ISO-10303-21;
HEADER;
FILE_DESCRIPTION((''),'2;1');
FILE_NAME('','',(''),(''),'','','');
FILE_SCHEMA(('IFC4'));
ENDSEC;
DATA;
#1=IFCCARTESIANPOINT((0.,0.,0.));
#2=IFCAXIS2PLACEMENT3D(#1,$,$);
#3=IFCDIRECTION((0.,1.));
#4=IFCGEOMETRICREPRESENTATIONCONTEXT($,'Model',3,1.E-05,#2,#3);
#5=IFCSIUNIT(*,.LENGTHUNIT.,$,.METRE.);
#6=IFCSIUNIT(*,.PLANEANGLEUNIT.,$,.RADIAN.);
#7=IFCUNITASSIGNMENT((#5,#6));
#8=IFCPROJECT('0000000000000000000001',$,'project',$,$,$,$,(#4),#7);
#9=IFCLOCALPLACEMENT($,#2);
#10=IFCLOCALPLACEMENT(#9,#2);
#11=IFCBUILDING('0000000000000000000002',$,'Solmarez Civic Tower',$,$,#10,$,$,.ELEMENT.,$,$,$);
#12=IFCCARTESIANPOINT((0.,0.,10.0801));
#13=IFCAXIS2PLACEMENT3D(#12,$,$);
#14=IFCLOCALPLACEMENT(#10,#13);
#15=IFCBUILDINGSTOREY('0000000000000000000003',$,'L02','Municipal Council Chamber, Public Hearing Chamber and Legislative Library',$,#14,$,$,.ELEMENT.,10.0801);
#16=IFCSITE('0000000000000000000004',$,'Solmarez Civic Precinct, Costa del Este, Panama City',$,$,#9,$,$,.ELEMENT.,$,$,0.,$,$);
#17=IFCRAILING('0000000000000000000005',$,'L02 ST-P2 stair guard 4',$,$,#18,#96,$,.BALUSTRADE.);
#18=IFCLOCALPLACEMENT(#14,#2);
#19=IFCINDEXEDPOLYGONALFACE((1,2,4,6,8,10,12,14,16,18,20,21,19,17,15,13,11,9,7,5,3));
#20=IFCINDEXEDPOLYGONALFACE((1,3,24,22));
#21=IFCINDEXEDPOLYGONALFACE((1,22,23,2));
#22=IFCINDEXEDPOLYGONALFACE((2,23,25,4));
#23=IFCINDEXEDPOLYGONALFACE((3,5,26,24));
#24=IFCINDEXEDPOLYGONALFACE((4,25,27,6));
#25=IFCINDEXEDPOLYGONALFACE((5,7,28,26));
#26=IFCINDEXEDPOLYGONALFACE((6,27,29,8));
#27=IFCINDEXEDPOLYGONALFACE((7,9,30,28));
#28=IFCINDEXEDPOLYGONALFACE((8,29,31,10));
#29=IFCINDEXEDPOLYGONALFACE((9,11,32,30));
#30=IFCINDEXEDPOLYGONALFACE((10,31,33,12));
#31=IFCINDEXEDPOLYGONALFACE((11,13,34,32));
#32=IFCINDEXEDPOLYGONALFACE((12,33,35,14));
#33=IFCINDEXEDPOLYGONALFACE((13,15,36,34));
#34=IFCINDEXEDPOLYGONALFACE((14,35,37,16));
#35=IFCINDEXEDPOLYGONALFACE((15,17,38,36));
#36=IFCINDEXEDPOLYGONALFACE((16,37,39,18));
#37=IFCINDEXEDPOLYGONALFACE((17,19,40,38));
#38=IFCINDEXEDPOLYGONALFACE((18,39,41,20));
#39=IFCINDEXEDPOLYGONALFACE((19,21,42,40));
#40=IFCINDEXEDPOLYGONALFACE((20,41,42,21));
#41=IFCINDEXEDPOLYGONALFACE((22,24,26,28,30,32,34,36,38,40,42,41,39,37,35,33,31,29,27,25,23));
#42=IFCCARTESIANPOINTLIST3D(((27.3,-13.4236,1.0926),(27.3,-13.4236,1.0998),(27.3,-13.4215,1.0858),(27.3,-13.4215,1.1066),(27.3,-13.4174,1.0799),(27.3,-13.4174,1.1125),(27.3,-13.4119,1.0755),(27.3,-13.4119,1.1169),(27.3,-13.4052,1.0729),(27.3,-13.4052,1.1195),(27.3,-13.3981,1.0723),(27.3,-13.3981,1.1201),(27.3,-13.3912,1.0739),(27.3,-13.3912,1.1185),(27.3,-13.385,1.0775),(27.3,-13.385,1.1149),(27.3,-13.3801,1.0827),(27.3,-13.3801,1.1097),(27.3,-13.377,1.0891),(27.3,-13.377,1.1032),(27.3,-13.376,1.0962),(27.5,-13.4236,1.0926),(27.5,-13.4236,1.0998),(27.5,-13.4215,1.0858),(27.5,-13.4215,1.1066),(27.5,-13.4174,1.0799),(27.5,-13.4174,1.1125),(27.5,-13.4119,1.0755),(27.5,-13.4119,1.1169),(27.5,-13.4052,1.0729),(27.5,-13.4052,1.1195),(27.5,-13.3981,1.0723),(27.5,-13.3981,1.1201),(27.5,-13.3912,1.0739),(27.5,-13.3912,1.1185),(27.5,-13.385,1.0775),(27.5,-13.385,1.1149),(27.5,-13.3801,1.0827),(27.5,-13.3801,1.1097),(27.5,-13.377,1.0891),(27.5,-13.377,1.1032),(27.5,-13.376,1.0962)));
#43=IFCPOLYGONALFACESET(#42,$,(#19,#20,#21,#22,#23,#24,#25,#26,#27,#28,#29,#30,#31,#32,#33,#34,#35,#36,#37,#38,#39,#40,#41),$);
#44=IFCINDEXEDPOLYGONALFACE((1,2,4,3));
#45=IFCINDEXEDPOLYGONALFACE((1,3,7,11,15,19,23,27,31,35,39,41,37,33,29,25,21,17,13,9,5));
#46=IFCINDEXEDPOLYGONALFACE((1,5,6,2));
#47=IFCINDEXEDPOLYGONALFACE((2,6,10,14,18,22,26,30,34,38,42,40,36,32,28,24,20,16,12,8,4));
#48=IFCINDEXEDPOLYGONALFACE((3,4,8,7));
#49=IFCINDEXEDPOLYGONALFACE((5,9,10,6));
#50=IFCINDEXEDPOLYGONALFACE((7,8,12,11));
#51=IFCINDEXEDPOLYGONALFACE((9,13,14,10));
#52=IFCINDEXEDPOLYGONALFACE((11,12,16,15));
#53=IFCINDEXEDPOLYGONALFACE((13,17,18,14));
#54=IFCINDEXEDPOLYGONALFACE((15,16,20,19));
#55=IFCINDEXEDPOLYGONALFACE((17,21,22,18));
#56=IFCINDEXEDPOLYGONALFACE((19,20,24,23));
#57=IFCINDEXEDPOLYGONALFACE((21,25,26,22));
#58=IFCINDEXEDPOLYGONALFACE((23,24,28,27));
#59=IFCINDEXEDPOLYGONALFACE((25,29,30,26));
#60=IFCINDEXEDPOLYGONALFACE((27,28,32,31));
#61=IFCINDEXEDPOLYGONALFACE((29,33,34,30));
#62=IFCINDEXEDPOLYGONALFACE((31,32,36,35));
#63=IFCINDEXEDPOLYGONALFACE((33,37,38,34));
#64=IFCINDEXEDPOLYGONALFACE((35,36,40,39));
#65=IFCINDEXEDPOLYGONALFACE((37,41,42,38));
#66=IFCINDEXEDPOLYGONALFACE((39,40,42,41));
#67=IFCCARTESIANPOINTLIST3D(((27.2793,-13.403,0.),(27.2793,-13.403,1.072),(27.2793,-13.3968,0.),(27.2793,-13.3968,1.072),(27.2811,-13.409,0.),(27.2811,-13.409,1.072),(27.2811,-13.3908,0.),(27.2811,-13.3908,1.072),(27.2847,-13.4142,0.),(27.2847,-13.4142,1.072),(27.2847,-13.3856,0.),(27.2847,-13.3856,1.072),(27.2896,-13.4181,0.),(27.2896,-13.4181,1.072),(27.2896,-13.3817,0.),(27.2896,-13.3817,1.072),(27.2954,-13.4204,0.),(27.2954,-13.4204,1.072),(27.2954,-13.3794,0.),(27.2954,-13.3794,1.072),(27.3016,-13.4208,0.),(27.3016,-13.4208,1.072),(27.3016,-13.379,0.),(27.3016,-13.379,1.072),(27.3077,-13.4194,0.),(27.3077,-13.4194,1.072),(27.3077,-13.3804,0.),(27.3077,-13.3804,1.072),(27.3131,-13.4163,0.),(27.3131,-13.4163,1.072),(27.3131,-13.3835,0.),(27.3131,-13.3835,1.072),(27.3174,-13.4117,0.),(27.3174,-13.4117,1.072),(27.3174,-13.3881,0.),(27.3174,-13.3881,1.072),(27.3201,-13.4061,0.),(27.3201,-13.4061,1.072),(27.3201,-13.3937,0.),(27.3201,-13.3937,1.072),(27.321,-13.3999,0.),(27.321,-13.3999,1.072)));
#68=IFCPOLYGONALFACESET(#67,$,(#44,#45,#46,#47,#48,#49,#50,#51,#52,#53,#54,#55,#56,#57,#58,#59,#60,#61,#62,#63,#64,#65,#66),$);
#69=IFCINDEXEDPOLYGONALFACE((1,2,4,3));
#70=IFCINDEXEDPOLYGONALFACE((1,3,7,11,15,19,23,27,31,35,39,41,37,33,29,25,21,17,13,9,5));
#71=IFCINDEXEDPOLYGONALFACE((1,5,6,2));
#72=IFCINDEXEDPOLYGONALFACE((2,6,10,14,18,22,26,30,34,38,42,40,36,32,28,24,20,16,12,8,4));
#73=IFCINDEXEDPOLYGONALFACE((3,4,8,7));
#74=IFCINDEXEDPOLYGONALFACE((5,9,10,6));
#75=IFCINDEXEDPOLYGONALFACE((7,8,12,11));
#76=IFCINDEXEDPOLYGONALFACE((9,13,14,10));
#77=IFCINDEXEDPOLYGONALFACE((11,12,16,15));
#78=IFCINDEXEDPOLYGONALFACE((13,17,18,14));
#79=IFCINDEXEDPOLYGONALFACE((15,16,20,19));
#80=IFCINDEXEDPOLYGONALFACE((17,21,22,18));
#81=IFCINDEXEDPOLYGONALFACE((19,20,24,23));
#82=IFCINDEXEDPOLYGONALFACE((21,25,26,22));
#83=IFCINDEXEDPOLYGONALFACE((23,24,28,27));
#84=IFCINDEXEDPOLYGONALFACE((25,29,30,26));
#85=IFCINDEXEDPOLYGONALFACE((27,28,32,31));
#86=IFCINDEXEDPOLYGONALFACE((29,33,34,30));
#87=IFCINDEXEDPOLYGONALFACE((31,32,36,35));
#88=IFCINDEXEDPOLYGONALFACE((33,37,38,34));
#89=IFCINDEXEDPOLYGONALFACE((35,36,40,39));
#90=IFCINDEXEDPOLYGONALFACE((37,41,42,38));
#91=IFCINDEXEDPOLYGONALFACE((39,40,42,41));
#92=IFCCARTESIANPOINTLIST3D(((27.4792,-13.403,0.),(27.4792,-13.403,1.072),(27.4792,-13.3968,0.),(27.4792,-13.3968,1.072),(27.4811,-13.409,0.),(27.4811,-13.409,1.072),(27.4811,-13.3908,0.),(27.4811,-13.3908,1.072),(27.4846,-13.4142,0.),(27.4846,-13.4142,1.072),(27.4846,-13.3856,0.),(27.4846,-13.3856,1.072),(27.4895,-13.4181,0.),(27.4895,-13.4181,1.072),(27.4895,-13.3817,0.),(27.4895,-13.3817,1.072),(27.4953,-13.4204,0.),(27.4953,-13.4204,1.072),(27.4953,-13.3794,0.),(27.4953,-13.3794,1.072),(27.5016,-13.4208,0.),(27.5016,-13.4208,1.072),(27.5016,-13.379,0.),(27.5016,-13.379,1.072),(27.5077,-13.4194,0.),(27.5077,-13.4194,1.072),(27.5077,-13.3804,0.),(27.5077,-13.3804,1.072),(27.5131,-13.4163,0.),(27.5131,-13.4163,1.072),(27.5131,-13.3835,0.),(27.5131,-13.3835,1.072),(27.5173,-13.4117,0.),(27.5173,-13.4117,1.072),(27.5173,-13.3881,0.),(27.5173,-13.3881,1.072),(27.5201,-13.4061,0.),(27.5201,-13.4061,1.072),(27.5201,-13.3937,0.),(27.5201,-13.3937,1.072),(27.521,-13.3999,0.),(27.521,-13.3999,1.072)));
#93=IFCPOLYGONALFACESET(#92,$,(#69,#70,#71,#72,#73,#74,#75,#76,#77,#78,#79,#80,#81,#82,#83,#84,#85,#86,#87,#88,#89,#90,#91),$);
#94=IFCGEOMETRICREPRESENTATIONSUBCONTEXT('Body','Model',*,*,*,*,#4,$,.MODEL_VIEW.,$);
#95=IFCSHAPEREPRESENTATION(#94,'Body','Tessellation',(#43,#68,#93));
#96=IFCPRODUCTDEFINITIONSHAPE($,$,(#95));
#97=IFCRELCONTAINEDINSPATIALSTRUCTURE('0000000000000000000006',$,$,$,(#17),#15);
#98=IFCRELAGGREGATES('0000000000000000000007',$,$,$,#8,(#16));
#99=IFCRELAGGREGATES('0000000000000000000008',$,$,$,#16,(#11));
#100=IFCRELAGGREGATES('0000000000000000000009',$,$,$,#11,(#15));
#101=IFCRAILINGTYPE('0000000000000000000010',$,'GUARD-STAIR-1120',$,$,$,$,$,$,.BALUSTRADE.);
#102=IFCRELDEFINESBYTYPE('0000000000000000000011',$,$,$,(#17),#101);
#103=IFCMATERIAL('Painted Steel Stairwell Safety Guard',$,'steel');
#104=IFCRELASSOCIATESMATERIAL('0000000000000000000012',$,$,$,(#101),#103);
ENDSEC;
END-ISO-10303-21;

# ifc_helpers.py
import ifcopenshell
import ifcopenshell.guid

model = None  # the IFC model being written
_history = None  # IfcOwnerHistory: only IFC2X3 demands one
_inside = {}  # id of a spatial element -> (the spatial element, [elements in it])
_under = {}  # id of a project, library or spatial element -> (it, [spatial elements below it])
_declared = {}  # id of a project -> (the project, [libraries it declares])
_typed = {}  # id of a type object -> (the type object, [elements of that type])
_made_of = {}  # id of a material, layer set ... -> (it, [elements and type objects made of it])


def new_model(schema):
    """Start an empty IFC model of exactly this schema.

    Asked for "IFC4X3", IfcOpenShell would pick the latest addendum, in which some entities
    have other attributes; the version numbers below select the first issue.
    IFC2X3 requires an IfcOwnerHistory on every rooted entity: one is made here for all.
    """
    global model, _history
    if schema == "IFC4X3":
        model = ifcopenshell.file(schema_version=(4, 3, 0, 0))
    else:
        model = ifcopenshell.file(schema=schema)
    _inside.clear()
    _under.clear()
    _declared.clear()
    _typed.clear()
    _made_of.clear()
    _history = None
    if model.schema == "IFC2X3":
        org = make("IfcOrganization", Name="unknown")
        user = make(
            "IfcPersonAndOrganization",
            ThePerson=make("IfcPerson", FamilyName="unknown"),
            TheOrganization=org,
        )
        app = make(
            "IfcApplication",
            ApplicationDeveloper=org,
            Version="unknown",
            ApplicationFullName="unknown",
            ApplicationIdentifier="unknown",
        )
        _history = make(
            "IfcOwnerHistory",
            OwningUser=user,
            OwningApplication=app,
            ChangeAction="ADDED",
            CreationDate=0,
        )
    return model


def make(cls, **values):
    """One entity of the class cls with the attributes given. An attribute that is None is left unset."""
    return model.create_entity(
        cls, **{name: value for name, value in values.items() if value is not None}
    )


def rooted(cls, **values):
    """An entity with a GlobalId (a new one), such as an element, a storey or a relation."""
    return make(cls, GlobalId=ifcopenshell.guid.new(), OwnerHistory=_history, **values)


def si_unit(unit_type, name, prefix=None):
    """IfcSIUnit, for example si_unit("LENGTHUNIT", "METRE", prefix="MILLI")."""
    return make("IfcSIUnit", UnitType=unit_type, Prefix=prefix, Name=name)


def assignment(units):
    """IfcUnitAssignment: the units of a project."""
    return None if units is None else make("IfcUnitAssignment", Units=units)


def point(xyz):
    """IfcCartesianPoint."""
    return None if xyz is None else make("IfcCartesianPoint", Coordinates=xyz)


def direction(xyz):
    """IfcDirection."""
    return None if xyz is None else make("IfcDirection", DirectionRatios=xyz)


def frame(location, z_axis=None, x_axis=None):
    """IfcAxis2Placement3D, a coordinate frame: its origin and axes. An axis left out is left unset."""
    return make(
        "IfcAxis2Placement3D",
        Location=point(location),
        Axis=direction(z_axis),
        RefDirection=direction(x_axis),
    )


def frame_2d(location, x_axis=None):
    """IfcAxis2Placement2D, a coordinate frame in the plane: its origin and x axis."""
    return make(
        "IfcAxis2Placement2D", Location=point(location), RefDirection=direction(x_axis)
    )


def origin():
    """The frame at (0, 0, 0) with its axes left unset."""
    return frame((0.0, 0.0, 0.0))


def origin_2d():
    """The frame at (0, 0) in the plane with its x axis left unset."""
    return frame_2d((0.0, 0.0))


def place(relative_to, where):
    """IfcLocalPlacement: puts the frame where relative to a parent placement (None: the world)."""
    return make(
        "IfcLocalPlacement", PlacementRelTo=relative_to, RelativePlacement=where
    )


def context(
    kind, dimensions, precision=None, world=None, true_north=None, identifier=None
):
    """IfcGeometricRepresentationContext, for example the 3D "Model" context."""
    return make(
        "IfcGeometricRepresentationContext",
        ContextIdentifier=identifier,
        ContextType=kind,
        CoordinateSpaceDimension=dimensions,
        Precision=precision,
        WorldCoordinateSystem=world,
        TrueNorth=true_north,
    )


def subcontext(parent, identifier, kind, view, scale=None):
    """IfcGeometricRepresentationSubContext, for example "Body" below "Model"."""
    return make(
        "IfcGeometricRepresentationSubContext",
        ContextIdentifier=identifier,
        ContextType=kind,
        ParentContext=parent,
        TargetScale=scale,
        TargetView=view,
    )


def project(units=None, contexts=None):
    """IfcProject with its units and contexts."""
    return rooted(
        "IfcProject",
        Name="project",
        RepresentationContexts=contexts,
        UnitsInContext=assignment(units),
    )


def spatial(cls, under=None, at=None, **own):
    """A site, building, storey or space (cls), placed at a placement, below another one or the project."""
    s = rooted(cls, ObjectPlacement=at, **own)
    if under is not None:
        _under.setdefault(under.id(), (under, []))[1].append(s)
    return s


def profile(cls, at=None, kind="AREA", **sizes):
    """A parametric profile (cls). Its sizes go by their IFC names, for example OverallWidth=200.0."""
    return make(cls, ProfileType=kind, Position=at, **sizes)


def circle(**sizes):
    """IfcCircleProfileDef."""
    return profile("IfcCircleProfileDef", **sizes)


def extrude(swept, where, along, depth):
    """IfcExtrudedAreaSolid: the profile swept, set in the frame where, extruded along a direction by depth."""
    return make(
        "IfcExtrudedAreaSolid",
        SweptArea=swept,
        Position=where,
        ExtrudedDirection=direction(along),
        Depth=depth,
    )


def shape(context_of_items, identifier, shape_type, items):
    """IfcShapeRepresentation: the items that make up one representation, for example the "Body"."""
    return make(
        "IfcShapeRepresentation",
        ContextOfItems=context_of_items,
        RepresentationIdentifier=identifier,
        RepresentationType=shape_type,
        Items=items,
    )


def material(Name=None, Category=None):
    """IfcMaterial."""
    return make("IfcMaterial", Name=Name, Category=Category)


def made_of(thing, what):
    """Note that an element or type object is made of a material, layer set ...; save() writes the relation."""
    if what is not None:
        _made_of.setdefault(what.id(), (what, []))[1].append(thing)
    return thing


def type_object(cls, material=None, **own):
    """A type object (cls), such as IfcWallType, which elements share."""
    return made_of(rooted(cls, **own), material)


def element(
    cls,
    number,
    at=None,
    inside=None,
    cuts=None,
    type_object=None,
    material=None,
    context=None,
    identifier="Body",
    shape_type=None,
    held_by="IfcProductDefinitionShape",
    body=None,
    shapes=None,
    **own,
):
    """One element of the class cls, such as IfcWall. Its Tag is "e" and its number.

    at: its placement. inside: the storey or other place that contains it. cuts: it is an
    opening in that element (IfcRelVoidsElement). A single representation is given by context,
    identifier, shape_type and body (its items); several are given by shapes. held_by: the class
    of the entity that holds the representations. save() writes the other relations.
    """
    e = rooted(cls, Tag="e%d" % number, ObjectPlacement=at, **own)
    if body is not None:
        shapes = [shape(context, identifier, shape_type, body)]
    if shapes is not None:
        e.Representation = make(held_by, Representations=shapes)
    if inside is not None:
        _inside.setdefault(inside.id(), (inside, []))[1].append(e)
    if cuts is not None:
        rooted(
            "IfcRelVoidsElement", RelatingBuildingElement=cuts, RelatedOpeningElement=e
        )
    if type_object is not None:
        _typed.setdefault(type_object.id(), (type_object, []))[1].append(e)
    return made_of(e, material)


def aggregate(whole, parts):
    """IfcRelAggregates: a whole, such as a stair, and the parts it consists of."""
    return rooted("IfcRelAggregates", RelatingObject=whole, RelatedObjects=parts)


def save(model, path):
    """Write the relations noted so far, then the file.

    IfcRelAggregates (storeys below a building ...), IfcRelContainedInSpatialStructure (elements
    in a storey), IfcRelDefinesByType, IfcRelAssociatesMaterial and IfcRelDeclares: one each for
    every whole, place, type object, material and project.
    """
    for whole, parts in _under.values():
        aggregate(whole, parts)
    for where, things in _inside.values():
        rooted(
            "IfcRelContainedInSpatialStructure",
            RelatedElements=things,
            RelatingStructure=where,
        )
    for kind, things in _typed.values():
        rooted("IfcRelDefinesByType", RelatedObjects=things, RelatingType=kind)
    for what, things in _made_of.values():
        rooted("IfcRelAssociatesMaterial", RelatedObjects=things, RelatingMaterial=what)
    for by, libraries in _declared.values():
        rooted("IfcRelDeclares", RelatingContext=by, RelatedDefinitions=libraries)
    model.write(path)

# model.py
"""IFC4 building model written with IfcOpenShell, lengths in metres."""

from ifc_helpers import new_model, si_unit, direction, frame, origin, origin_2d, place, context, subcontext, project, spatial, circle, extrude, material, type_object, element, save


model = new_model("IFC4")

# Units and contexts
model_context = context("Model", 3, precision=1e-05, world=origin(), true_north=direction((0.0, 1.0)))
body_context = subcontext(model_context, "Body", "Model", "MODEL_VIEW")
ifc_project = project(units=[si_unit("LENGTHUNIT", "METRE"), si_unit("PLANEANGLEUNIT", "RADIAN")], contexts=[model_context])

# Site, building, storey
site_placement = place(None, origin())
site = spatial("IfcSite", under=ifc_project, at=site_placement, Name="Solmarez Civic Precinct, Costa del Este, Panama City", CompositionType="ELEMENT", RefElevation=0.0)
building_placement = place(site_placement, origin())
building = spatial("IfcBuilding", under=site, at=building_placement, Name="Solmarez Civic Tower", CompositionType="ELEMENT")
storey_placement = place(building_placement, frame((0.0, 0.0, 10.0801)))
storey = spatial("IfcBuildingStorey", under=building, at=storey_placement, Name="L02", Description="Municipal Council Chamber, Public Hearing Chamber and Legislative Library", CompositionType="ELEMENT", Elevation=10.0801)

# Railing
ifc_material_1 = material(Name="Painted Steel Stairwell Safety Guard", Category="steel")
railing_type_1 = type_object("IfcRailingType", Name="GUARD-STAIR-1120", PredefinedType="BALUSTRADE", material=ifc_material_1)
railing_1_placement = place(storey_placement, frame((27.3, -13.3999, 0.0)))
element("IfcRailing", 1, at=railing_1_placement, inside=storey, type_object=railing_type_1, Name="L02 ST-P2 stair guard 4", PredefinedType="BALUSTRADE", context=body_context, shape_type="SweptSolid", body=[
    extrude(circle(Radius=0.0239, at=origin_2d()), frame((0.0, 0.0, 1.0962), z_axis=(1.0, 0.0, 0.0), x_axis=(0.0, 1.0, 0.0)), (0.0, 0.0, 1.0), 0.2),
    extrude(circle(Radius=0.021, at=origin_2d()), origin(), (0.0, 0.0, 1.0), 1.072),
    extrude(circle(Radius=0.021, at=origin_2d()), frame((0.2, 0.0, 0.0)), (0.0, 0.0, 1.0), 1.072),
])

save(model, "model.ifc")
